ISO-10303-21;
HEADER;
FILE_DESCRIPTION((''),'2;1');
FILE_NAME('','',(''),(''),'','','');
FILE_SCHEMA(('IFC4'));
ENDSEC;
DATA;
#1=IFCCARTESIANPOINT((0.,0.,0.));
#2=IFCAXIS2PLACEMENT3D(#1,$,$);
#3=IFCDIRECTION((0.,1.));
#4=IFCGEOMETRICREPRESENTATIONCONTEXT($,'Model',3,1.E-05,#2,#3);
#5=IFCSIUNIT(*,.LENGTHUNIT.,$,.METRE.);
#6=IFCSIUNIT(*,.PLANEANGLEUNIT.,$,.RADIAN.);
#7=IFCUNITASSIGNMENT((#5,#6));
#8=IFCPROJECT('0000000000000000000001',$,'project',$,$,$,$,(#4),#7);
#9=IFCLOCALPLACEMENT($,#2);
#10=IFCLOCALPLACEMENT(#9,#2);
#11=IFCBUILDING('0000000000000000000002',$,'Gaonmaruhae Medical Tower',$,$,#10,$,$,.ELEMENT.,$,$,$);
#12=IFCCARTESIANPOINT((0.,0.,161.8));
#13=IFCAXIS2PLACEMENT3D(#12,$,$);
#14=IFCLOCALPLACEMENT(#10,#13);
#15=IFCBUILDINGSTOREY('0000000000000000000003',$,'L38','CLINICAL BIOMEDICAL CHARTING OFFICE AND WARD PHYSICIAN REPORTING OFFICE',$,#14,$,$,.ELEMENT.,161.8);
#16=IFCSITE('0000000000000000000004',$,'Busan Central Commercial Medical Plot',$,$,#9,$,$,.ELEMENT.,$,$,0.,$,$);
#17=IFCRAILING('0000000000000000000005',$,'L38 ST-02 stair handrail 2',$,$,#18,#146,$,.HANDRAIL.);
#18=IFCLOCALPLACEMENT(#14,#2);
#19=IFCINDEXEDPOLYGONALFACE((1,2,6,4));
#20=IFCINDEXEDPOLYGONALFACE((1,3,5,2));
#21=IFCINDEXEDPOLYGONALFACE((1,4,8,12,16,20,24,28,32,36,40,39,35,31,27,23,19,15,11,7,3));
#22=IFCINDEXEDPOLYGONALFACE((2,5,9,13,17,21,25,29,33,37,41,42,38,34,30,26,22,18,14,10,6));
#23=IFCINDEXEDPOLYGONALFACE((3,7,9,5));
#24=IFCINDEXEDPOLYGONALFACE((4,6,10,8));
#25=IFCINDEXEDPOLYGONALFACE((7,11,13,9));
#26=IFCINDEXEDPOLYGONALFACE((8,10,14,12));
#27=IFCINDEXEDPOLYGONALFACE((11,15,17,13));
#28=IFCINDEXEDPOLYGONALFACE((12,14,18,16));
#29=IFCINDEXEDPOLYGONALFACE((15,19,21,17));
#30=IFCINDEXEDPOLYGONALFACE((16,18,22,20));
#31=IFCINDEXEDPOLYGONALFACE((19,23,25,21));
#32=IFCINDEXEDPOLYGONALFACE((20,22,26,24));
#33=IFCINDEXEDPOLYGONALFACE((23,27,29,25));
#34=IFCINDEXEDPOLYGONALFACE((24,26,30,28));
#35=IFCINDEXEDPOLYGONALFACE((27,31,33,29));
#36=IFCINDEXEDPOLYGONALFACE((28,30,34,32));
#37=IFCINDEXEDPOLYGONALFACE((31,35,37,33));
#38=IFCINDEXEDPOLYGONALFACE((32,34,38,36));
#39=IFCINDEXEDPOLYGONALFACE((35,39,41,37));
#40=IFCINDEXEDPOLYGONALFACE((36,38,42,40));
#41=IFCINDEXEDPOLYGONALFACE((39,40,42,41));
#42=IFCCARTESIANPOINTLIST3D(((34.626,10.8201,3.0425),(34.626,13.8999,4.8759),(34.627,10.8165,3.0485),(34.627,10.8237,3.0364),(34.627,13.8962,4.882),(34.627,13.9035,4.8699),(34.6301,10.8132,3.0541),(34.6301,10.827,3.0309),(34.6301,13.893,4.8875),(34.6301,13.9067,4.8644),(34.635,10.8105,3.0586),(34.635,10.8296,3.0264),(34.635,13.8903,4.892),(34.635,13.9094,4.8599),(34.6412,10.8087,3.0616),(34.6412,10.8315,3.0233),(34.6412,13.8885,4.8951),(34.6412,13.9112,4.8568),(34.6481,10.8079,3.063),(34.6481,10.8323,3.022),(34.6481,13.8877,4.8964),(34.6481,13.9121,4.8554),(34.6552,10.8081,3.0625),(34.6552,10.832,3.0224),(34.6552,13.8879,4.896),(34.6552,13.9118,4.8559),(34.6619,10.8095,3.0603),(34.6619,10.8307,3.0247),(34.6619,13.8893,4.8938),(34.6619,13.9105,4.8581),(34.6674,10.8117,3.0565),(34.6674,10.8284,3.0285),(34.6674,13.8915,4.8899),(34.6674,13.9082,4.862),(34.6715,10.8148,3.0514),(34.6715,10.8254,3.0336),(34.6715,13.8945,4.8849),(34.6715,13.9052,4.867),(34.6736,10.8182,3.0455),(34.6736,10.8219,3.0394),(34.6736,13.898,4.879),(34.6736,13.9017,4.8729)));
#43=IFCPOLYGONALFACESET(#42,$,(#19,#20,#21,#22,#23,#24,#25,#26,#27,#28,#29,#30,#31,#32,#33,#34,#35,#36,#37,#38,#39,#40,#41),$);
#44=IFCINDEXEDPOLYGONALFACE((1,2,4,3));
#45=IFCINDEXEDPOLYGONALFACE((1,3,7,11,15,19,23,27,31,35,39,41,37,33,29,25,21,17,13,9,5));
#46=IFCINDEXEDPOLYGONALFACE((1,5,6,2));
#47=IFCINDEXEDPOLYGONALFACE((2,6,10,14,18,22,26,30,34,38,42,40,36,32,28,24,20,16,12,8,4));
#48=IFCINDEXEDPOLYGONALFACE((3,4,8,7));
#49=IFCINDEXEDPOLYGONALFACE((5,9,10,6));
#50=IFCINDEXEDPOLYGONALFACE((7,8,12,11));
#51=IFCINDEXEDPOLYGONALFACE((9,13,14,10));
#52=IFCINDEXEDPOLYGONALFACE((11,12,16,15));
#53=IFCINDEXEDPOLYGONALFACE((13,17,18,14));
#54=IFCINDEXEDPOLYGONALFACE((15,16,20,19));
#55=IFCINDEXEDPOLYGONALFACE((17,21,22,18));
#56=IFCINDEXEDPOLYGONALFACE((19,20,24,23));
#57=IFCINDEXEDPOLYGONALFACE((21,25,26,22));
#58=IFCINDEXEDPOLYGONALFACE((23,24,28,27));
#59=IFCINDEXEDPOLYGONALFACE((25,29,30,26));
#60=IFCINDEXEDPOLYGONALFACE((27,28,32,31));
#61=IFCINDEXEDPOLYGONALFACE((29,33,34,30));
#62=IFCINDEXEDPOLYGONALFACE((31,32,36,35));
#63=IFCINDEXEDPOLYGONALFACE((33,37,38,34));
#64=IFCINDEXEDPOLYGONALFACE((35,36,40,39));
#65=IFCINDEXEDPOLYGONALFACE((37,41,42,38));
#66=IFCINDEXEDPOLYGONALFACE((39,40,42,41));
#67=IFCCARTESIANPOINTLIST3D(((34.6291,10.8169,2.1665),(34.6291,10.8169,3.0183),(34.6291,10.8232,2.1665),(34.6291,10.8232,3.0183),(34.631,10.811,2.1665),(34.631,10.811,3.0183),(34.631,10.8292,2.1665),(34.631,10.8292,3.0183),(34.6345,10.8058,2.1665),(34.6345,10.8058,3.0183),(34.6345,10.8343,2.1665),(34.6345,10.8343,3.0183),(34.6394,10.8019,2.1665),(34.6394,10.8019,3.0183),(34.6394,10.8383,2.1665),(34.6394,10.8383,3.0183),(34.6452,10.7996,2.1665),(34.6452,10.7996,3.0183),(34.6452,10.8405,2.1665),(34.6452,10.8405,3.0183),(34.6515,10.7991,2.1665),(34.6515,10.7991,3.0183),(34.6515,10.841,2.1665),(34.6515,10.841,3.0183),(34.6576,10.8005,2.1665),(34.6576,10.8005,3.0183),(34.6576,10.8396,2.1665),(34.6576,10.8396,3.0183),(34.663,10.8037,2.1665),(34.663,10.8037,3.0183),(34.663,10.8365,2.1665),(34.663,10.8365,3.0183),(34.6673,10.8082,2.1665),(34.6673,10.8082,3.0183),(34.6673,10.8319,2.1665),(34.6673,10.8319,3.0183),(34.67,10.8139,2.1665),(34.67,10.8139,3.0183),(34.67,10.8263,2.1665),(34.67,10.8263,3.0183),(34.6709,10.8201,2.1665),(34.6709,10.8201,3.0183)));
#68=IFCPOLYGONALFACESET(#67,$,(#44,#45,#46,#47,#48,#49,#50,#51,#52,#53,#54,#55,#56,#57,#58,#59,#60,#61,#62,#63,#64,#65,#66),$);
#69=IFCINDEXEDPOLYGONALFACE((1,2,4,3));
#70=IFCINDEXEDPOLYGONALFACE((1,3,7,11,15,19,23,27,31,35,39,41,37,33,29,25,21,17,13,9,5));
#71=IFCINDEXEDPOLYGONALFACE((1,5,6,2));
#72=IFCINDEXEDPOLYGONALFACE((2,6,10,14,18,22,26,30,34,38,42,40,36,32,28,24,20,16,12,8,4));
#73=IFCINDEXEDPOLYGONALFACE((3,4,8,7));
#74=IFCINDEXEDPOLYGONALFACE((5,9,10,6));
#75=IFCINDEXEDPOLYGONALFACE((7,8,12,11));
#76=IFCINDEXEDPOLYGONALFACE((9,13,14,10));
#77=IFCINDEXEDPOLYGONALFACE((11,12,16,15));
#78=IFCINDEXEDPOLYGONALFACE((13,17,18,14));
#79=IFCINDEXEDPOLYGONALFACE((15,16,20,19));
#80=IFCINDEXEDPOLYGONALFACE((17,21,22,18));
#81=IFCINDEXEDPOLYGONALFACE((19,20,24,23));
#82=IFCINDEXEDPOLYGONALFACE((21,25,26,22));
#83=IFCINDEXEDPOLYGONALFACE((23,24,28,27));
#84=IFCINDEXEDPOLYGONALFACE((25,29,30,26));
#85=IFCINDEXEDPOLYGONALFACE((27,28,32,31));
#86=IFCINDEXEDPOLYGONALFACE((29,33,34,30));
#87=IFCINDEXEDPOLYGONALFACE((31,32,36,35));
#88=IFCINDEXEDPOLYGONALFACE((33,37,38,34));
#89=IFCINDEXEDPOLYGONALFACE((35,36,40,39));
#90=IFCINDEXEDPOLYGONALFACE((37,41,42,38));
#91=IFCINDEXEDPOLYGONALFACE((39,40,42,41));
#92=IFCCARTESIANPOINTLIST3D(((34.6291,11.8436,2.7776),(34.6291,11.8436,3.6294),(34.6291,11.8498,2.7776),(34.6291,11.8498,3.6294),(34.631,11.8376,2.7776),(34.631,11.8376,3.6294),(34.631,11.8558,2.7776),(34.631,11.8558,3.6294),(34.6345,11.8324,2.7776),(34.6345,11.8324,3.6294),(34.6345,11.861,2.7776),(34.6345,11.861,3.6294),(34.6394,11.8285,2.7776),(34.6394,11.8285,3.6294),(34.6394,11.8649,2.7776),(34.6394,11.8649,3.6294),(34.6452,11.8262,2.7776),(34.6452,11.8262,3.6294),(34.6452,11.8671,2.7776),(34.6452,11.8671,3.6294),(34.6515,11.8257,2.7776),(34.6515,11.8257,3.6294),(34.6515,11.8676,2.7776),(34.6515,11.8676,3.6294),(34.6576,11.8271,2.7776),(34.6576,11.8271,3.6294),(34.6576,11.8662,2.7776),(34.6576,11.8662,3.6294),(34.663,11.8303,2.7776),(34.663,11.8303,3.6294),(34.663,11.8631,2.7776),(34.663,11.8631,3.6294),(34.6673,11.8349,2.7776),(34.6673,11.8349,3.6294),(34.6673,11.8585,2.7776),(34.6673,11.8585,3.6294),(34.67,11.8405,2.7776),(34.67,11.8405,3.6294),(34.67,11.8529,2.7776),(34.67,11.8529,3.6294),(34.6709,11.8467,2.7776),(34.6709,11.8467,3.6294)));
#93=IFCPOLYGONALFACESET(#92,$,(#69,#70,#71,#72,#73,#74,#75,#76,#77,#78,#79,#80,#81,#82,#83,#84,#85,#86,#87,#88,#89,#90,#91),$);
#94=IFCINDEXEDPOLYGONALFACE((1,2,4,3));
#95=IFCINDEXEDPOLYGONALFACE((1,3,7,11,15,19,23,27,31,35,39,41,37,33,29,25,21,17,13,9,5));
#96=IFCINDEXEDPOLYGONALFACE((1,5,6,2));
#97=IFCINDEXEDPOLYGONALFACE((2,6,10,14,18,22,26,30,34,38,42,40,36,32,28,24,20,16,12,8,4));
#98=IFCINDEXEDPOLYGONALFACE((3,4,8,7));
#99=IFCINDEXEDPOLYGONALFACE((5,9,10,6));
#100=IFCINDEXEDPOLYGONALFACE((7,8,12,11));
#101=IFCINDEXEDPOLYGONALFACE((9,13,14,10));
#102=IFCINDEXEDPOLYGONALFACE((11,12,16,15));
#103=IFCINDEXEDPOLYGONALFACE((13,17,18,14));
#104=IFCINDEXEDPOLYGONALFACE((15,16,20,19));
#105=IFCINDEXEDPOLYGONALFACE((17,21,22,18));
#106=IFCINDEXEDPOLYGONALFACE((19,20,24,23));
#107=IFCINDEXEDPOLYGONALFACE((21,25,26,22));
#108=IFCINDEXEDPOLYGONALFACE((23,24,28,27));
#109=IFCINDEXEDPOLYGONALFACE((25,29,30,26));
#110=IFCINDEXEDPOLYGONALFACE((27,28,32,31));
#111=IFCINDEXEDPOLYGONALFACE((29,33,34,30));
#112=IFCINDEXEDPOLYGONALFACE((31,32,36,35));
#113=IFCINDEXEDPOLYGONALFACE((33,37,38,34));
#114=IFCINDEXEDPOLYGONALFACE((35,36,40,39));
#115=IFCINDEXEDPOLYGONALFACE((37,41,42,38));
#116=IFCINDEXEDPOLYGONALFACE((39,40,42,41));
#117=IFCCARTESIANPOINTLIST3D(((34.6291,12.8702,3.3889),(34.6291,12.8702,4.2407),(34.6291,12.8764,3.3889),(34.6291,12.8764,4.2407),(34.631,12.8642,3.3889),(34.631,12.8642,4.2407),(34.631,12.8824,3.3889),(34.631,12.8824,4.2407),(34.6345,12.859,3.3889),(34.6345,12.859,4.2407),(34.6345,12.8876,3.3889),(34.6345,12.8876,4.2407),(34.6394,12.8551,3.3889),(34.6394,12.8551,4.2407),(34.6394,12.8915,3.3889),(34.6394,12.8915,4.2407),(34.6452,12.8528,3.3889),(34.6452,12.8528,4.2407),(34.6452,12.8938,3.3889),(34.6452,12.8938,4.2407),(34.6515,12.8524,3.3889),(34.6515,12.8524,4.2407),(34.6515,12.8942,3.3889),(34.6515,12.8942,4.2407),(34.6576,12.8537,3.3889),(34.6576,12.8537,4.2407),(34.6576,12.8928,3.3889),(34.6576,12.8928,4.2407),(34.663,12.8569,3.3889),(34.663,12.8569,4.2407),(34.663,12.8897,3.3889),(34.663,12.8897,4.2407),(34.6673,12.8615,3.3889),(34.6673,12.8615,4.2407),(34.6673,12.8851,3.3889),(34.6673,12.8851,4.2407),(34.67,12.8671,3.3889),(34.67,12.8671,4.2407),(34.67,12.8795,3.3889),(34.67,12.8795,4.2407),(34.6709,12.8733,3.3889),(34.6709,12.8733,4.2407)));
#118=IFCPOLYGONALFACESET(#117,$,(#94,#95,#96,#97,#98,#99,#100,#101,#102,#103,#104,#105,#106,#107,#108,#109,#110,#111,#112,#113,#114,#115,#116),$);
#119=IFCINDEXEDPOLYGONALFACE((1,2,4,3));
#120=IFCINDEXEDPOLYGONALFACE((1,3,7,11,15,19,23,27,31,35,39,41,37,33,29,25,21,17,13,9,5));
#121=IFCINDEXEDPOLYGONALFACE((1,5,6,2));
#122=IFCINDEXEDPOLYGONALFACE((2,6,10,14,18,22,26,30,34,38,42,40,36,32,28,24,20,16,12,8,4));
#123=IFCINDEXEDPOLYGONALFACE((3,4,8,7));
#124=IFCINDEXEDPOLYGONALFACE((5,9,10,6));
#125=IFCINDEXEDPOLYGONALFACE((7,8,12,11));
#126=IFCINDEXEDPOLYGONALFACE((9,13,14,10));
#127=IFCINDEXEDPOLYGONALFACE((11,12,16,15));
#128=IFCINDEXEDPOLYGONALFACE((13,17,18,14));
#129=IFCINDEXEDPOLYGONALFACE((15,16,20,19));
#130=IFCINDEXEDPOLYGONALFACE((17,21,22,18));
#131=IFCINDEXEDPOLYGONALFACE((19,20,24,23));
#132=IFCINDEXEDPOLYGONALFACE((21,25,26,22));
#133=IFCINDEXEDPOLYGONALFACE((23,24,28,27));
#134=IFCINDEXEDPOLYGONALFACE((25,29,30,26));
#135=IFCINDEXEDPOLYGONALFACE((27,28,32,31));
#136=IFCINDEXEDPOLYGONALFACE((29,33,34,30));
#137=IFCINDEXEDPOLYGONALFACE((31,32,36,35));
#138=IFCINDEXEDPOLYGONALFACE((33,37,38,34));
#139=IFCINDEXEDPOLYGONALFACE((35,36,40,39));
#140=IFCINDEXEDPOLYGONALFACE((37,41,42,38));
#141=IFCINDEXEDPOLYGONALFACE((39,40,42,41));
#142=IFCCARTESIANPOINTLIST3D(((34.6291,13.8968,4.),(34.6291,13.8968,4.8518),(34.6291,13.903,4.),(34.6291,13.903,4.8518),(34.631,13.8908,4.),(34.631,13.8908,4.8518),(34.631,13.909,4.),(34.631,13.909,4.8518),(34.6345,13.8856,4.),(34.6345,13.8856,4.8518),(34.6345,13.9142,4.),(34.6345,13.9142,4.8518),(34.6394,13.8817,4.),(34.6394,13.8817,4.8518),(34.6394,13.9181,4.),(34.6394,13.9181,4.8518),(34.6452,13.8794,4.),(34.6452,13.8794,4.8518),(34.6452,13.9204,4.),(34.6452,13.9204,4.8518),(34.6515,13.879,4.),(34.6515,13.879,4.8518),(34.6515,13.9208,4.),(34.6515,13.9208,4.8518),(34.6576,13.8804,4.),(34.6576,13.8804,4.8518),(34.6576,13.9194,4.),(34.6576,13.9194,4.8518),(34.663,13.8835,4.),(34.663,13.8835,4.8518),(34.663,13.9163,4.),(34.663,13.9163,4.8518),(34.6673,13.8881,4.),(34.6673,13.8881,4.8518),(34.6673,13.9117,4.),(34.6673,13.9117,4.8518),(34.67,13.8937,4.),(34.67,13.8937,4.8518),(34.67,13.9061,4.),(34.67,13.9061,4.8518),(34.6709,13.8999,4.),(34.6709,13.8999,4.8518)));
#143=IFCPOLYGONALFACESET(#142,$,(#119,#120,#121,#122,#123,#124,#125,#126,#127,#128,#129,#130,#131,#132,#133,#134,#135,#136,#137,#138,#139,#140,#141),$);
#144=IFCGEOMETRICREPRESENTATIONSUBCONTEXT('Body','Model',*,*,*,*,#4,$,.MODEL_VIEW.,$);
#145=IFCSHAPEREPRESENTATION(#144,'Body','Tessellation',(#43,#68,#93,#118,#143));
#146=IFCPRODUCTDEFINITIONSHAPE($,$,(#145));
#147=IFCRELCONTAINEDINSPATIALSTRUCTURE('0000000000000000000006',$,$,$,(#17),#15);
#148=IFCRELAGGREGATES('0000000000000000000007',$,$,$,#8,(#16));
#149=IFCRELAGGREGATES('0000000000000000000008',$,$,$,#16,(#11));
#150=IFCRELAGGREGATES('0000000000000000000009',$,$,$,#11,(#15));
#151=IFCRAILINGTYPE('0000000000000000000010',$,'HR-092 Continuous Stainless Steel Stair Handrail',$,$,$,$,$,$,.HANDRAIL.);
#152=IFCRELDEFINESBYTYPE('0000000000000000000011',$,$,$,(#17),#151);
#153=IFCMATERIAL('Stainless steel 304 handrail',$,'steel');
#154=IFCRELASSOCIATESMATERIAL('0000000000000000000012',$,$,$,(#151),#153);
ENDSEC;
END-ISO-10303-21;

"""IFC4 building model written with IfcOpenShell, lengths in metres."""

from ifc_helpers import new_model, si_unit, direction, frame, origin, origin_2d, place, context, subcontext, project, spatial, circle, extrude, material, type_object, element, save


model = new_model("IFC4")

# Units and contexts
model_context = context("Model", 3, precision=1e-05, world=origin(), true_north=direction((0.0, 1.0)))
body_context = subcontext(model_context, "Body", "Model", "MODEL_VIEW")
ifc_project = project(units=[si_unit("LENGTHUNIT", "METRE"), si_unit("PLANEANGLEUNIT", "RADIAN")], contexts=[model_context])

# Site, building, storey
site_placement = place(None, origin())
site = spatial("IfcSite", under=ifc_project, at=site_placement, Name="Busan Central Commercial Medical Plot", CompositionType="ELEMENT", RefElevation=0.0)
building_placement = place(site_placement, origin())
building = spatial("IfcBuilding", under=site, at=building_placement, Name="Gaonmaruhae Medical Tower", CompositionType="ELEMENT")
storey_placement = place(building_placement, frame((0.0, 0.0, 161.8)))
storey = spatial("IfcBuildingStorey", under=building, at=storey_placement, Name="L38", Description="CLINICAL BIOMEDICAL CHARTING OFFICE AND WARD PHYSICIAN REPORTING OFFICE", CompositionType="ELEMENT", Elevation=161.8)

# Railing
ifc_material_1 = material(Name="Stainless steel 304 handrail", Category="steel")
railing_type_1 = type_object("IfcRailingType", Name="HR-092 Continuous Stainless Steel Stair Handrail", PredefinedType="HANDRAIL", material=ifc_material_1)
railing_1_placement = place(storey_placement, frame((34.6499, 10.8201, 2.1665)))
element("IfcRailing", 1, at=railing_1_placement, inside=storey, type_object=railing_type_1, Name="L38 ST-02 stair handrail 2", PredefinedType="HANDRAIL", context=body_context, shape_type="SweptSolid", body=[
    extrude(circle(Radius=0.0239, at=origin_2d()), frame((0.0, 0.0, 0.876), z_axis=(0.0, 0.859261, 0.511538), x_axis=(-1.0, 0.0, 0.0)), (0.0, 0.0, 1.0), 3.5842),
    extrude(circle(Radius=0.021, at=origin_2d()), origin(), (0.0, 0.0, 1.0), 0.8518),
    extrude(circle(Radius=0.021, at=origin_2d()), frame((0.0, 1.0266, 0.6111)), (0.0, 0.0, 1.0), 0.8518),
    extrude(circle(Radius=0.021, at=origin_2d()), frame((0.0, 2.0532, 1.2224)), (0.0, 0.0, 1.0), 0.8518),
    extrude(circle(Radius=0.021, at=origin_2d()), frame((0.0, 3.0798, 1.8335)), (0.0, 0.0, 1.0), 0.8518),
])

save(model, "model.ifc")
